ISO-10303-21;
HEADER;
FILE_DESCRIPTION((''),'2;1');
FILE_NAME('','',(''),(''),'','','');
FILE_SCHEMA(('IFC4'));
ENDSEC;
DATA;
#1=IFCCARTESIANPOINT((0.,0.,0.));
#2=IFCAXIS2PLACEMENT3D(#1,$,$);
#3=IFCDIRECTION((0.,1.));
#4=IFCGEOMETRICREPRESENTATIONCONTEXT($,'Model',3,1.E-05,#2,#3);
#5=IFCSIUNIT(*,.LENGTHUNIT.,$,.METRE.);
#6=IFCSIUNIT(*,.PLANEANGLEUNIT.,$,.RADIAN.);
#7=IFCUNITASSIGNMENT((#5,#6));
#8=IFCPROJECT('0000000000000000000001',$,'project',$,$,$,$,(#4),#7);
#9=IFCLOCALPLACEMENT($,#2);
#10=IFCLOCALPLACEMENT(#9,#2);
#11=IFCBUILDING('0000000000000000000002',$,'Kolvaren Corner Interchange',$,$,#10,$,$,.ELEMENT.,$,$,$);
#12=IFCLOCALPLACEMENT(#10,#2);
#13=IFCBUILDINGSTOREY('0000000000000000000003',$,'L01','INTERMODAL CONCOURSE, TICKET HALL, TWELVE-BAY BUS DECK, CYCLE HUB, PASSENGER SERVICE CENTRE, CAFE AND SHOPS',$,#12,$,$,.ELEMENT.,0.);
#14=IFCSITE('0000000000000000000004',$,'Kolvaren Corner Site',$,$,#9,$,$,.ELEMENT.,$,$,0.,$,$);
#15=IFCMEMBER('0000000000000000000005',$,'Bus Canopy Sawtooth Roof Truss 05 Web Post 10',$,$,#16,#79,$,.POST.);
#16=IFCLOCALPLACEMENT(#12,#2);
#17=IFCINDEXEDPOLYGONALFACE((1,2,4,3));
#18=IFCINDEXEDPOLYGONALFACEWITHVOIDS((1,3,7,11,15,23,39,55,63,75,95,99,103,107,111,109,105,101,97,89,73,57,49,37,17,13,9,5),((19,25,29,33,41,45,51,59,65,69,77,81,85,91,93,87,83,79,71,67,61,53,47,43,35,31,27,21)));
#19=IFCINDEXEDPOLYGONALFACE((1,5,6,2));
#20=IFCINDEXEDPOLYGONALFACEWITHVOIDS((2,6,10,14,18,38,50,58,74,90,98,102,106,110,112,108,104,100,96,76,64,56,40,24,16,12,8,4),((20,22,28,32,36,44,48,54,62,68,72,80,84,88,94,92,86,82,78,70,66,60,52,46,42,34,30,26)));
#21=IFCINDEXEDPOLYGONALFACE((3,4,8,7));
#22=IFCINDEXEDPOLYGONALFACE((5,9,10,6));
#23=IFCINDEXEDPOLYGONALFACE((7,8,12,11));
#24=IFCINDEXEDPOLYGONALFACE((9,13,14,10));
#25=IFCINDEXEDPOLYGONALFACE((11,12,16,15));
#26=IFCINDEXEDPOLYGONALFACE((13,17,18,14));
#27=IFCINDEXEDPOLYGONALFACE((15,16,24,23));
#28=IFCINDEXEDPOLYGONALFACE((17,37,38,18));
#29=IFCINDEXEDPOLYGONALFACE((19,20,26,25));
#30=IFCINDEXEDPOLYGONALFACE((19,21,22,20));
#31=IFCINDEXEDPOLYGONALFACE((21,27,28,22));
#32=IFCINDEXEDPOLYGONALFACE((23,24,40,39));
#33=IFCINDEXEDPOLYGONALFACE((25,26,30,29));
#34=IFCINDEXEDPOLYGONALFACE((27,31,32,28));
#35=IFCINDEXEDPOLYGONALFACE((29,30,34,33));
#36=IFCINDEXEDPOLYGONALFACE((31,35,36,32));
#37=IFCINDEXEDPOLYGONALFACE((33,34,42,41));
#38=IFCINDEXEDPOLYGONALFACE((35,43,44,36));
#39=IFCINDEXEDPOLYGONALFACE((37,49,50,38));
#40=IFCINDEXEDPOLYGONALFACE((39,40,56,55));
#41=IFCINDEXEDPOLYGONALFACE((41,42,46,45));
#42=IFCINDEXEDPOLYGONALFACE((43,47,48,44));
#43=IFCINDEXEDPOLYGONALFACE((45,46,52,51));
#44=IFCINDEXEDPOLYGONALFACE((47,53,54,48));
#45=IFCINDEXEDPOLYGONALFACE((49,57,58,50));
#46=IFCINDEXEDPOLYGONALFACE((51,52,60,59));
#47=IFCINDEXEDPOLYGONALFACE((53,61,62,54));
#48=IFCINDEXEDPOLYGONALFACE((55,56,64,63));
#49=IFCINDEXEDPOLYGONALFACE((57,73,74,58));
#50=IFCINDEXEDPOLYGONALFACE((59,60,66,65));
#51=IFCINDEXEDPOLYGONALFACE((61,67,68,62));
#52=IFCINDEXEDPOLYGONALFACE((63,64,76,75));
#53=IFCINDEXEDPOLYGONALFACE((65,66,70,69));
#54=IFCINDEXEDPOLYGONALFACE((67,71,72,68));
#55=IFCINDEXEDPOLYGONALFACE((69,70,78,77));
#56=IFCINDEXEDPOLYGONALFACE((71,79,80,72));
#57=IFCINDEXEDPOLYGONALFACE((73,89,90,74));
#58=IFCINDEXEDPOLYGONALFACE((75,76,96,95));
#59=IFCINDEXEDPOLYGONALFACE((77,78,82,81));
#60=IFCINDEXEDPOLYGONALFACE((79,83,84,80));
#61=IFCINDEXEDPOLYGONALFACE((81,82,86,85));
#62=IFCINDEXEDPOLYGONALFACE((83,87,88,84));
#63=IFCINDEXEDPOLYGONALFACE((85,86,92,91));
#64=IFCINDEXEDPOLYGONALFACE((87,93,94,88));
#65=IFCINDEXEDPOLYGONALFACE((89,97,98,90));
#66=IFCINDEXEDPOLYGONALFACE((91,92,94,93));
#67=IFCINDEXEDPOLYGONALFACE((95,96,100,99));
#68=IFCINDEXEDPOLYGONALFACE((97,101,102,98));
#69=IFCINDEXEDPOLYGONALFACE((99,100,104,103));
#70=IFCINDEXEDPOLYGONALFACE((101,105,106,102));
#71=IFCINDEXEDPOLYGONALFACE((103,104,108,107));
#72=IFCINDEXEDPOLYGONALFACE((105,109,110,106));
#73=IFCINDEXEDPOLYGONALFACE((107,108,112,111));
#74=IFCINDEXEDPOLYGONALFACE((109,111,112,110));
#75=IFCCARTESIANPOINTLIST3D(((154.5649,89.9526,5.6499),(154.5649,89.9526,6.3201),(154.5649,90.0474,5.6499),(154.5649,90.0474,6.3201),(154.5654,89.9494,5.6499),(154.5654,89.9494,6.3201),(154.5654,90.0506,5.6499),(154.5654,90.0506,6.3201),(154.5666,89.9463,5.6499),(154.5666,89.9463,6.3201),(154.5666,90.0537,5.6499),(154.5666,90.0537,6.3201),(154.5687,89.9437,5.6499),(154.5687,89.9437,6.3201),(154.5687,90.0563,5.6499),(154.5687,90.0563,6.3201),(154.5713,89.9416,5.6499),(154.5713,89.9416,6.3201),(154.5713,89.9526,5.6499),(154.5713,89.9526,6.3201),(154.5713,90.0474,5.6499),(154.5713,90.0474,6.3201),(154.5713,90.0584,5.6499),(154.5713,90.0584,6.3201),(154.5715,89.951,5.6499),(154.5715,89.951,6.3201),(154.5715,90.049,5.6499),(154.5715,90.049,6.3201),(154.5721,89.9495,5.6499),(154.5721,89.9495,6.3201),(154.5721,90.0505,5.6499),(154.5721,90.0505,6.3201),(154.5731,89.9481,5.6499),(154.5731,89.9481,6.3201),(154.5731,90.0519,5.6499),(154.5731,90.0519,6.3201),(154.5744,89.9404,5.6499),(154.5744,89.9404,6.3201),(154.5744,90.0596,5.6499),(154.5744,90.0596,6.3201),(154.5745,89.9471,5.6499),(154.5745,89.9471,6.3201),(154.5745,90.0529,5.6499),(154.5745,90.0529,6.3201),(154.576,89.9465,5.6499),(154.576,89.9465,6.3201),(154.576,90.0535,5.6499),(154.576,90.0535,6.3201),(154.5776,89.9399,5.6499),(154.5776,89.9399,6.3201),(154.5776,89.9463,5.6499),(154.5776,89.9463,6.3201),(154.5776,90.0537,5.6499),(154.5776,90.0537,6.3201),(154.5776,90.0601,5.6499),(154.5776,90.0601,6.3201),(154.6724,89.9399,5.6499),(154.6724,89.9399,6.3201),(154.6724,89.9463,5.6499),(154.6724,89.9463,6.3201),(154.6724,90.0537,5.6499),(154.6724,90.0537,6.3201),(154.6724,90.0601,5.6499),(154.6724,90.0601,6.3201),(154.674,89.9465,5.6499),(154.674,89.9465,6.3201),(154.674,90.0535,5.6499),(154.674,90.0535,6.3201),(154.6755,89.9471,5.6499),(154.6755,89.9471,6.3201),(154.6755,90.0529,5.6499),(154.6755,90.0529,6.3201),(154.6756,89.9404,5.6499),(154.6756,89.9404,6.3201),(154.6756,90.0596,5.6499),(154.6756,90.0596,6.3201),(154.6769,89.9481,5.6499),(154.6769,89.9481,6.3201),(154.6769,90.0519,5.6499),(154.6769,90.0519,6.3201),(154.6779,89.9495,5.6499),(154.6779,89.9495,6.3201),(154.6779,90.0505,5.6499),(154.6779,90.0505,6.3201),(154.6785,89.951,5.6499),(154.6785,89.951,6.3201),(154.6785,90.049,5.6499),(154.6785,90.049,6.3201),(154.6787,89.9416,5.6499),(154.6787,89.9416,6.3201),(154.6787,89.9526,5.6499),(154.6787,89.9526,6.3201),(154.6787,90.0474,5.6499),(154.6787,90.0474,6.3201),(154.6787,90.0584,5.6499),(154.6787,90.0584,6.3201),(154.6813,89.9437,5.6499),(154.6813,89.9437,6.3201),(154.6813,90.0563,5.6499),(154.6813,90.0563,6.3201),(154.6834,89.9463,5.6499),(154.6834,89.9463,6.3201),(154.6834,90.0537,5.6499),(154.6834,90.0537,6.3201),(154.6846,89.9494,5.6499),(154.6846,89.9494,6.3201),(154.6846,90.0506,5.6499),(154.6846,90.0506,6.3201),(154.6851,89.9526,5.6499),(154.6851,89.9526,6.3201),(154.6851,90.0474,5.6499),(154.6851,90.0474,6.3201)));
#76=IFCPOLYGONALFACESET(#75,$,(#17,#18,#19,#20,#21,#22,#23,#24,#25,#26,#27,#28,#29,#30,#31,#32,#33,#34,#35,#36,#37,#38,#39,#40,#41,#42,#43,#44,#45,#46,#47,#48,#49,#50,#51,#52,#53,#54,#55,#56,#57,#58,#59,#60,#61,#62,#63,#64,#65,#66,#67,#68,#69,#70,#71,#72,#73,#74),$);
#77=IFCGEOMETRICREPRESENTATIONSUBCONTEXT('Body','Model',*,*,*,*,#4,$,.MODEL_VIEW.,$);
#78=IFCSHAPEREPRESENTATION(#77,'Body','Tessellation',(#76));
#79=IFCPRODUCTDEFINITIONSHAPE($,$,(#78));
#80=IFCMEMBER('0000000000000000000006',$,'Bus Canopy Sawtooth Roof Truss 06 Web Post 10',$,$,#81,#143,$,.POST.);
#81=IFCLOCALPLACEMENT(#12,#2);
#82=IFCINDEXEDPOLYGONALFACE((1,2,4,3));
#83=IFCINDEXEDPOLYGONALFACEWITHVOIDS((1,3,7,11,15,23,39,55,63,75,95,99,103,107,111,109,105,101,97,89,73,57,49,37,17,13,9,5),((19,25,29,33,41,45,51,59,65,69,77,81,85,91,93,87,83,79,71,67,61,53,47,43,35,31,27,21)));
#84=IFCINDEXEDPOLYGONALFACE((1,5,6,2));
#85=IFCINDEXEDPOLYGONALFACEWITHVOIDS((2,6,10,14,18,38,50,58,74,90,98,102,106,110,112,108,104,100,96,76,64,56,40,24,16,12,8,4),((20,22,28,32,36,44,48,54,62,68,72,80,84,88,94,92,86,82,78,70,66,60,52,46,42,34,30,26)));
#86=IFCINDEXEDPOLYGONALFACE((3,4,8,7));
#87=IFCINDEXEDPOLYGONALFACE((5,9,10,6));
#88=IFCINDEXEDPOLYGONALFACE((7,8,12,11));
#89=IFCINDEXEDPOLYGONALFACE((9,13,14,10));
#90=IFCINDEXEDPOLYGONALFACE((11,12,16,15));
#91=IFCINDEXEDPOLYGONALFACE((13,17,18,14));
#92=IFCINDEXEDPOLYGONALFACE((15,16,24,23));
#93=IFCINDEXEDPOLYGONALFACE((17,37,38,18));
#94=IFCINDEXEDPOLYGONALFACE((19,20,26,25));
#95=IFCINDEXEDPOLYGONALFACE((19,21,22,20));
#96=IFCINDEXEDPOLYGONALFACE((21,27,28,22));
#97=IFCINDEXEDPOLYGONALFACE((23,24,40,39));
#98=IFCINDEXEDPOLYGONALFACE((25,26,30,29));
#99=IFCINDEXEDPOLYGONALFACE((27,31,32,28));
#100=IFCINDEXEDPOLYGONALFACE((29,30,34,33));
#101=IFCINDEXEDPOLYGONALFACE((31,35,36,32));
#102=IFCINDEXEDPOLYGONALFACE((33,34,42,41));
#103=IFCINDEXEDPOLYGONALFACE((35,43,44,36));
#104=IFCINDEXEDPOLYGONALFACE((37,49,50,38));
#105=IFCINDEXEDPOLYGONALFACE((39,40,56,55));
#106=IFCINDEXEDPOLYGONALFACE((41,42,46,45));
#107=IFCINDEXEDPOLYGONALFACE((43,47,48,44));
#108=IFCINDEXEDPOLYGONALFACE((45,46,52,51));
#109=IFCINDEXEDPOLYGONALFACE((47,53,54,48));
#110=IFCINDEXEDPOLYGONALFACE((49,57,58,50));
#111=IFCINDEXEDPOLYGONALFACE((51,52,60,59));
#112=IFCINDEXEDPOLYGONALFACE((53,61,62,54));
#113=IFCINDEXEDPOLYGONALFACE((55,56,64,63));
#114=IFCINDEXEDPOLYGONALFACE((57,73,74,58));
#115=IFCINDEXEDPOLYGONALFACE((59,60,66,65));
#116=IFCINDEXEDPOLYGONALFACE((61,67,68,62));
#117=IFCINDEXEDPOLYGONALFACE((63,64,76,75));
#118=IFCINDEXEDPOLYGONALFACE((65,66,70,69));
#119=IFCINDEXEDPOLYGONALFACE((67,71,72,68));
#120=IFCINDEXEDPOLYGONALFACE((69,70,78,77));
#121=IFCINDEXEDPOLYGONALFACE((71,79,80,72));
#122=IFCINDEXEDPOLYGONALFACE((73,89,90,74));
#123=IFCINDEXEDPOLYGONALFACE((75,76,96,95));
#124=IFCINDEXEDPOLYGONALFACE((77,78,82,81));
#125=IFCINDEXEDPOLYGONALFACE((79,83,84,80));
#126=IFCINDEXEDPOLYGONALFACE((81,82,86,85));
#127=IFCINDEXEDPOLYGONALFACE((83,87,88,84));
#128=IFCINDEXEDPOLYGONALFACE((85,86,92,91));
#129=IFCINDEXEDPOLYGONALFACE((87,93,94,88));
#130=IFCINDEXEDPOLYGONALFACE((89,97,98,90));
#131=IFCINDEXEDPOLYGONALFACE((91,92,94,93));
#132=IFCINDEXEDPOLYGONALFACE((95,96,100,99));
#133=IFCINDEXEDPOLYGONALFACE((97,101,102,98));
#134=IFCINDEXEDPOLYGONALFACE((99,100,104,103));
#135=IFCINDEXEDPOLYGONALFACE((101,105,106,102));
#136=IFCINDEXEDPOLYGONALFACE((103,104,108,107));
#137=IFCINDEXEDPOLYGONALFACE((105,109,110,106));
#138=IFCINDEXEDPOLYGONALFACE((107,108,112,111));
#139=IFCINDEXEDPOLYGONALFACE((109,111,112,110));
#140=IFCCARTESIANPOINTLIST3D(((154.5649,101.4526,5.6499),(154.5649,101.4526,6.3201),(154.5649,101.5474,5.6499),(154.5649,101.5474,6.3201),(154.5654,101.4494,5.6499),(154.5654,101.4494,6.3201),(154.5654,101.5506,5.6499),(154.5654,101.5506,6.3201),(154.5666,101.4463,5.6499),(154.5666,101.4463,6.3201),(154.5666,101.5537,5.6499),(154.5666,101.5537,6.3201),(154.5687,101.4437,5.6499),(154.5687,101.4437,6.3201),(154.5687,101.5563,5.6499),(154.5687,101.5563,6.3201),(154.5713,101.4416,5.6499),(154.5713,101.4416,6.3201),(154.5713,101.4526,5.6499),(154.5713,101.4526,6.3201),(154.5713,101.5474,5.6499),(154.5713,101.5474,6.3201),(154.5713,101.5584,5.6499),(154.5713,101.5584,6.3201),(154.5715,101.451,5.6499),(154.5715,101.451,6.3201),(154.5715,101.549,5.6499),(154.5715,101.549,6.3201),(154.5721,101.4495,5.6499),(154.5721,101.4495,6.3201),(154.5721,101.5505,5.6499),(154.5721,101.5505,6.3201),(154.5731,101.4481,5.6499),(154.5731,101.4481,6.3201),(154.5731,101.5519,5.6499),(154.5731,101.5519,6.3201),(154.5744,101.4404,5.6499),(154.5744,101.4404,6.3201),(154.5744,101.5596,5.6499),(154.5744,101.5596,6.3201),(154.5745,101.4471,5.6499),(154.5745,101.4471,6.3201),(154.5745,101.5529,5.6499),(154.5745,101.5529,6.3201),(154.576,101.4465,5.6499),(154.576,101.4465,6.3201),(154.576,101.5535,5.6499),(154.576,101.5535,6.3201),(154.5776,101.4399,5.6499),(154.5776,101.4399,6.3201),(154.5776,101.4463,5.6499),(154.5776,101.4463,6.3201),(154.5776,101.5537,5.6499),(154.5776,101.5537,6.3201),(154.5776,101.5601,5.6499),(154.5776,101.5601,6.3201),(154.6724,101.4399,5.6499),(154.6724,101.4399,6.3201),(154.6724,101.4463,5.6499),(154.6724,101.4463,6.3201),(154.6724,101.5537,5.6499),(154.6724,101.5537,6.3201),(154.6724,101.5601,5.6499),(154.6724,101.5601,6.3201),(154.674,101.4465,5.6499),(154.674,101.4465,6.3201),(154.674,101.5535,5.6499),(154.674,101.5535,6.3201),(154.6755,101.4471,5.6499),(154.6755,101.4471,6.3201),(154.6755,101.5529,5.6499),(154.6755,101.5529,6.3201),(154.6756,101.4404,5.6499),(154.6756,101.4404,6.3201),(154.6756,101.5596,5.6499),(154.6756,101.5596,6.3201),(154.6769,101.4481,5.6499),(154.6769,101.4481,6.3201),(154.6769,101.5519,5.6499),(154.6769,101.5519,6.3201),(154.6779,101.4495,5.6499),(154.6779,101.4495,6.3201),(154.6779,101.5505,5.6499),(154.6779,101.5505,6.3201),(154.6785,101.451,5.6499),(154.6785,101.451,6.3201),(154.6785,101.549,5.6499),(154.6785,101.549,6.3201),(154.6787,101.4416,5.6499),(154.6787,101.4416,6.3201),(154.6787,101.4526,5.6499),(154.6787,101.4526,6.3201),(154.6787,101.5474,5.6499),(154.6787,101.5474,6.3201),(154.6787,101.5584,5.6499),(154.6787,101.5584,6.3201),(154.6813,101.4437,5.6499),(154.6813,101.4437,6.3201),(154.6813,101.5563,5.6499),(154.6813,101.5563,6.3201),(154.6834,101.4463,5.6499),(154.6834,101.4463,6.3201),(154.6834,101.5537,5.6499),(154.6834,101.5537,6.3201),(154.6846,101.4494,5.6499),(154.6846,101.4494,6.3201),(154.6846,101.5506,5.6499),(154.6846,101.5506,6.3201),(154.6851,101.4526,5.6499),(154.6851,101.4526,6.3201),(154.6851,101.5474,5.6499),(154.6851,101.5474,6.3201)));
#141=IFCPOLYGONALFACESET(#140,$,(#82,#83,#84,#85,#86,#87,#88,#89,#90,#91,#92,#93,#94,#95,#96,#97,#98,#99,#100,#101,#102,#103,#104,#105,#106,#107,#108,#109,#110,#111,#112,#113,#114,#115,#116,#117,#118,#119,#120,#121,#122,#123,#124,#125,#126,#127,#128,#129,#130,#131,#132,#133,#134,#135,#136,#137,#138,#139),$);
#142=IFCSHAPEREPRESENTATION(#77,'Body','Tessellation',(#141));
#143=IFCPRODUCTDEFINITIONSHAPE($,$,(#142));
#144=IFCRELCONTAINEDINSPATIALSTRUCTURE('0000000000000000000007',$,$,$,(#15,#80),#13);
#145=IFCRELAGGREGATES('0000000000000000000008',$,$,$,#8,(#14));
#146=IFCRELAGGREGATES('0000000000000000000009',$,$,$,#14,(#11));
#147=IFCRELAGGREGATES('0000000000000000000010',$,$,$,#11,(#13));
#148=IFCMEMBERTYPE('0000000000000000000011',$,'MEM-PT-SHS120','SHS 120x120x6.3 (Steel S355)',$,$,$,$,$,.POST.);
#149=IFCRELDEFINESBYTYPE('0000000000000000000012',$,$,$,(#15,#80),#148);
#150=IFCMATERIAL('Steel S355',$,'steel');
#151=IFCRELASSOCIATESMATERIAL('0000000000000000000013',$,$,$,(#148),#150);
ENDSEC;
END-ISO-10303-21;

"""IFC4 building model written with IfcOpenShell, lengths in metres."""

from ifc_helpers import new_model, si_unit, direction, frame, origin, origin_2d, place, context, subcontext, project, spatial, hollow_rectangle, extrude, material, material_profile, profile_set, type_object, element, save


model = new_model("IFC4")

# Units and contexts
model_context = context("Model", 3, precision=1e-05, world=origin(), true_north=direction((0.0, 1.0)))
body_context = subcontext(model_context, "Body", "Model", "MODEL_VIEW")
ifc_project = project(units=[si_unit("LENGTHUNIT", "METRE"), si_unit("PLANEANGLEUNIT", "RADIAN")], contexts=[model_context])

# Site, building, storey
site_placement = place(None, origin())
site = spatial("IfcSite", under=ifc_project, at=site_placement, Name="Kolvaren Corner Site", CompositionType="ELEMENT", RefElevation=0.0)
building_placement = place(site_placement, origin())
building = spatial("IfcBuilding", under=site, at=building_placement, Name="Kolvaren Corner Interchange", CompositionType="ELEMENT")
storey_placement = place(building_placement, origin())
storey = spatial("IfcBuildingStorey", under=building, at=storey_placement, Name="L01", Description="INTERMODAL CONCOURSE, TICKET HALL, TWELVE-BAY BUS DECK, CYCLE HUB, PASSENGER SERVICE CENTRE, CAFE AND SHOPS", CompositionType="ELEMENT", Elevation=0.0)

# Members
ifc_material_1 = material(Name="Steel S355", Category="steel")
ifc_material_profile_1 = material_profile(ifc_material_1, hollow_rectangle(XDim=0.1201, YDim=0.1201, WallThickness=0.0063, InnerFilletRadius=0.0063, OuterFilletRadius=0.0127, at=origin_2d()), Name="SHS 120x120x6.3")
ifc_profile_set_1 = profile_set([ifc_material_profile_1], Name="Steel S355")
member_type_1 = type_object("IfcMemberType", Name="MEM-PT-SHS120", Description="SHS 120x120x6.3 (Steel S355)", PredefinedType="POST", material=ifc_profile_set_1)
for number, where, z_axis, x_axis, name in (
    (1, (154.625, 90.0, 5.6499), (0.0, 0.0, 1.0), (1.0, 0.0, 0.0), "Bus Canopy Sawtooth Roof Truss 05 Web Post 10"),
    (2, (154.625, 101.5, 5.6499), (0.0, 0.0, 1.0), (1.0, 0.0, 0.0), "Bus Canopy Sawtooth Roof Truss 06 Web Post 10"),
):
    element("IfcMember", number, at=place(storey_placement, frame(where, z_axis=z_axis, x_axis=x_axis)), inside=storey, type_object=member_type_1, Name=name, PredefinedType="POST", context=body_context, shape_type="SweptSolid", body=[
        extrude(hollow_rectangle(XDim=0.1201, YDim=0.1201, WallThickness=0.0063, InnerFilletRadius=0.0063, OuterFilletRadius=0.0127, at=origin_2d()), origin(), (0.0, 0.0, 1.0), 0.6702),
    ])

save(model, "model.ifc")
